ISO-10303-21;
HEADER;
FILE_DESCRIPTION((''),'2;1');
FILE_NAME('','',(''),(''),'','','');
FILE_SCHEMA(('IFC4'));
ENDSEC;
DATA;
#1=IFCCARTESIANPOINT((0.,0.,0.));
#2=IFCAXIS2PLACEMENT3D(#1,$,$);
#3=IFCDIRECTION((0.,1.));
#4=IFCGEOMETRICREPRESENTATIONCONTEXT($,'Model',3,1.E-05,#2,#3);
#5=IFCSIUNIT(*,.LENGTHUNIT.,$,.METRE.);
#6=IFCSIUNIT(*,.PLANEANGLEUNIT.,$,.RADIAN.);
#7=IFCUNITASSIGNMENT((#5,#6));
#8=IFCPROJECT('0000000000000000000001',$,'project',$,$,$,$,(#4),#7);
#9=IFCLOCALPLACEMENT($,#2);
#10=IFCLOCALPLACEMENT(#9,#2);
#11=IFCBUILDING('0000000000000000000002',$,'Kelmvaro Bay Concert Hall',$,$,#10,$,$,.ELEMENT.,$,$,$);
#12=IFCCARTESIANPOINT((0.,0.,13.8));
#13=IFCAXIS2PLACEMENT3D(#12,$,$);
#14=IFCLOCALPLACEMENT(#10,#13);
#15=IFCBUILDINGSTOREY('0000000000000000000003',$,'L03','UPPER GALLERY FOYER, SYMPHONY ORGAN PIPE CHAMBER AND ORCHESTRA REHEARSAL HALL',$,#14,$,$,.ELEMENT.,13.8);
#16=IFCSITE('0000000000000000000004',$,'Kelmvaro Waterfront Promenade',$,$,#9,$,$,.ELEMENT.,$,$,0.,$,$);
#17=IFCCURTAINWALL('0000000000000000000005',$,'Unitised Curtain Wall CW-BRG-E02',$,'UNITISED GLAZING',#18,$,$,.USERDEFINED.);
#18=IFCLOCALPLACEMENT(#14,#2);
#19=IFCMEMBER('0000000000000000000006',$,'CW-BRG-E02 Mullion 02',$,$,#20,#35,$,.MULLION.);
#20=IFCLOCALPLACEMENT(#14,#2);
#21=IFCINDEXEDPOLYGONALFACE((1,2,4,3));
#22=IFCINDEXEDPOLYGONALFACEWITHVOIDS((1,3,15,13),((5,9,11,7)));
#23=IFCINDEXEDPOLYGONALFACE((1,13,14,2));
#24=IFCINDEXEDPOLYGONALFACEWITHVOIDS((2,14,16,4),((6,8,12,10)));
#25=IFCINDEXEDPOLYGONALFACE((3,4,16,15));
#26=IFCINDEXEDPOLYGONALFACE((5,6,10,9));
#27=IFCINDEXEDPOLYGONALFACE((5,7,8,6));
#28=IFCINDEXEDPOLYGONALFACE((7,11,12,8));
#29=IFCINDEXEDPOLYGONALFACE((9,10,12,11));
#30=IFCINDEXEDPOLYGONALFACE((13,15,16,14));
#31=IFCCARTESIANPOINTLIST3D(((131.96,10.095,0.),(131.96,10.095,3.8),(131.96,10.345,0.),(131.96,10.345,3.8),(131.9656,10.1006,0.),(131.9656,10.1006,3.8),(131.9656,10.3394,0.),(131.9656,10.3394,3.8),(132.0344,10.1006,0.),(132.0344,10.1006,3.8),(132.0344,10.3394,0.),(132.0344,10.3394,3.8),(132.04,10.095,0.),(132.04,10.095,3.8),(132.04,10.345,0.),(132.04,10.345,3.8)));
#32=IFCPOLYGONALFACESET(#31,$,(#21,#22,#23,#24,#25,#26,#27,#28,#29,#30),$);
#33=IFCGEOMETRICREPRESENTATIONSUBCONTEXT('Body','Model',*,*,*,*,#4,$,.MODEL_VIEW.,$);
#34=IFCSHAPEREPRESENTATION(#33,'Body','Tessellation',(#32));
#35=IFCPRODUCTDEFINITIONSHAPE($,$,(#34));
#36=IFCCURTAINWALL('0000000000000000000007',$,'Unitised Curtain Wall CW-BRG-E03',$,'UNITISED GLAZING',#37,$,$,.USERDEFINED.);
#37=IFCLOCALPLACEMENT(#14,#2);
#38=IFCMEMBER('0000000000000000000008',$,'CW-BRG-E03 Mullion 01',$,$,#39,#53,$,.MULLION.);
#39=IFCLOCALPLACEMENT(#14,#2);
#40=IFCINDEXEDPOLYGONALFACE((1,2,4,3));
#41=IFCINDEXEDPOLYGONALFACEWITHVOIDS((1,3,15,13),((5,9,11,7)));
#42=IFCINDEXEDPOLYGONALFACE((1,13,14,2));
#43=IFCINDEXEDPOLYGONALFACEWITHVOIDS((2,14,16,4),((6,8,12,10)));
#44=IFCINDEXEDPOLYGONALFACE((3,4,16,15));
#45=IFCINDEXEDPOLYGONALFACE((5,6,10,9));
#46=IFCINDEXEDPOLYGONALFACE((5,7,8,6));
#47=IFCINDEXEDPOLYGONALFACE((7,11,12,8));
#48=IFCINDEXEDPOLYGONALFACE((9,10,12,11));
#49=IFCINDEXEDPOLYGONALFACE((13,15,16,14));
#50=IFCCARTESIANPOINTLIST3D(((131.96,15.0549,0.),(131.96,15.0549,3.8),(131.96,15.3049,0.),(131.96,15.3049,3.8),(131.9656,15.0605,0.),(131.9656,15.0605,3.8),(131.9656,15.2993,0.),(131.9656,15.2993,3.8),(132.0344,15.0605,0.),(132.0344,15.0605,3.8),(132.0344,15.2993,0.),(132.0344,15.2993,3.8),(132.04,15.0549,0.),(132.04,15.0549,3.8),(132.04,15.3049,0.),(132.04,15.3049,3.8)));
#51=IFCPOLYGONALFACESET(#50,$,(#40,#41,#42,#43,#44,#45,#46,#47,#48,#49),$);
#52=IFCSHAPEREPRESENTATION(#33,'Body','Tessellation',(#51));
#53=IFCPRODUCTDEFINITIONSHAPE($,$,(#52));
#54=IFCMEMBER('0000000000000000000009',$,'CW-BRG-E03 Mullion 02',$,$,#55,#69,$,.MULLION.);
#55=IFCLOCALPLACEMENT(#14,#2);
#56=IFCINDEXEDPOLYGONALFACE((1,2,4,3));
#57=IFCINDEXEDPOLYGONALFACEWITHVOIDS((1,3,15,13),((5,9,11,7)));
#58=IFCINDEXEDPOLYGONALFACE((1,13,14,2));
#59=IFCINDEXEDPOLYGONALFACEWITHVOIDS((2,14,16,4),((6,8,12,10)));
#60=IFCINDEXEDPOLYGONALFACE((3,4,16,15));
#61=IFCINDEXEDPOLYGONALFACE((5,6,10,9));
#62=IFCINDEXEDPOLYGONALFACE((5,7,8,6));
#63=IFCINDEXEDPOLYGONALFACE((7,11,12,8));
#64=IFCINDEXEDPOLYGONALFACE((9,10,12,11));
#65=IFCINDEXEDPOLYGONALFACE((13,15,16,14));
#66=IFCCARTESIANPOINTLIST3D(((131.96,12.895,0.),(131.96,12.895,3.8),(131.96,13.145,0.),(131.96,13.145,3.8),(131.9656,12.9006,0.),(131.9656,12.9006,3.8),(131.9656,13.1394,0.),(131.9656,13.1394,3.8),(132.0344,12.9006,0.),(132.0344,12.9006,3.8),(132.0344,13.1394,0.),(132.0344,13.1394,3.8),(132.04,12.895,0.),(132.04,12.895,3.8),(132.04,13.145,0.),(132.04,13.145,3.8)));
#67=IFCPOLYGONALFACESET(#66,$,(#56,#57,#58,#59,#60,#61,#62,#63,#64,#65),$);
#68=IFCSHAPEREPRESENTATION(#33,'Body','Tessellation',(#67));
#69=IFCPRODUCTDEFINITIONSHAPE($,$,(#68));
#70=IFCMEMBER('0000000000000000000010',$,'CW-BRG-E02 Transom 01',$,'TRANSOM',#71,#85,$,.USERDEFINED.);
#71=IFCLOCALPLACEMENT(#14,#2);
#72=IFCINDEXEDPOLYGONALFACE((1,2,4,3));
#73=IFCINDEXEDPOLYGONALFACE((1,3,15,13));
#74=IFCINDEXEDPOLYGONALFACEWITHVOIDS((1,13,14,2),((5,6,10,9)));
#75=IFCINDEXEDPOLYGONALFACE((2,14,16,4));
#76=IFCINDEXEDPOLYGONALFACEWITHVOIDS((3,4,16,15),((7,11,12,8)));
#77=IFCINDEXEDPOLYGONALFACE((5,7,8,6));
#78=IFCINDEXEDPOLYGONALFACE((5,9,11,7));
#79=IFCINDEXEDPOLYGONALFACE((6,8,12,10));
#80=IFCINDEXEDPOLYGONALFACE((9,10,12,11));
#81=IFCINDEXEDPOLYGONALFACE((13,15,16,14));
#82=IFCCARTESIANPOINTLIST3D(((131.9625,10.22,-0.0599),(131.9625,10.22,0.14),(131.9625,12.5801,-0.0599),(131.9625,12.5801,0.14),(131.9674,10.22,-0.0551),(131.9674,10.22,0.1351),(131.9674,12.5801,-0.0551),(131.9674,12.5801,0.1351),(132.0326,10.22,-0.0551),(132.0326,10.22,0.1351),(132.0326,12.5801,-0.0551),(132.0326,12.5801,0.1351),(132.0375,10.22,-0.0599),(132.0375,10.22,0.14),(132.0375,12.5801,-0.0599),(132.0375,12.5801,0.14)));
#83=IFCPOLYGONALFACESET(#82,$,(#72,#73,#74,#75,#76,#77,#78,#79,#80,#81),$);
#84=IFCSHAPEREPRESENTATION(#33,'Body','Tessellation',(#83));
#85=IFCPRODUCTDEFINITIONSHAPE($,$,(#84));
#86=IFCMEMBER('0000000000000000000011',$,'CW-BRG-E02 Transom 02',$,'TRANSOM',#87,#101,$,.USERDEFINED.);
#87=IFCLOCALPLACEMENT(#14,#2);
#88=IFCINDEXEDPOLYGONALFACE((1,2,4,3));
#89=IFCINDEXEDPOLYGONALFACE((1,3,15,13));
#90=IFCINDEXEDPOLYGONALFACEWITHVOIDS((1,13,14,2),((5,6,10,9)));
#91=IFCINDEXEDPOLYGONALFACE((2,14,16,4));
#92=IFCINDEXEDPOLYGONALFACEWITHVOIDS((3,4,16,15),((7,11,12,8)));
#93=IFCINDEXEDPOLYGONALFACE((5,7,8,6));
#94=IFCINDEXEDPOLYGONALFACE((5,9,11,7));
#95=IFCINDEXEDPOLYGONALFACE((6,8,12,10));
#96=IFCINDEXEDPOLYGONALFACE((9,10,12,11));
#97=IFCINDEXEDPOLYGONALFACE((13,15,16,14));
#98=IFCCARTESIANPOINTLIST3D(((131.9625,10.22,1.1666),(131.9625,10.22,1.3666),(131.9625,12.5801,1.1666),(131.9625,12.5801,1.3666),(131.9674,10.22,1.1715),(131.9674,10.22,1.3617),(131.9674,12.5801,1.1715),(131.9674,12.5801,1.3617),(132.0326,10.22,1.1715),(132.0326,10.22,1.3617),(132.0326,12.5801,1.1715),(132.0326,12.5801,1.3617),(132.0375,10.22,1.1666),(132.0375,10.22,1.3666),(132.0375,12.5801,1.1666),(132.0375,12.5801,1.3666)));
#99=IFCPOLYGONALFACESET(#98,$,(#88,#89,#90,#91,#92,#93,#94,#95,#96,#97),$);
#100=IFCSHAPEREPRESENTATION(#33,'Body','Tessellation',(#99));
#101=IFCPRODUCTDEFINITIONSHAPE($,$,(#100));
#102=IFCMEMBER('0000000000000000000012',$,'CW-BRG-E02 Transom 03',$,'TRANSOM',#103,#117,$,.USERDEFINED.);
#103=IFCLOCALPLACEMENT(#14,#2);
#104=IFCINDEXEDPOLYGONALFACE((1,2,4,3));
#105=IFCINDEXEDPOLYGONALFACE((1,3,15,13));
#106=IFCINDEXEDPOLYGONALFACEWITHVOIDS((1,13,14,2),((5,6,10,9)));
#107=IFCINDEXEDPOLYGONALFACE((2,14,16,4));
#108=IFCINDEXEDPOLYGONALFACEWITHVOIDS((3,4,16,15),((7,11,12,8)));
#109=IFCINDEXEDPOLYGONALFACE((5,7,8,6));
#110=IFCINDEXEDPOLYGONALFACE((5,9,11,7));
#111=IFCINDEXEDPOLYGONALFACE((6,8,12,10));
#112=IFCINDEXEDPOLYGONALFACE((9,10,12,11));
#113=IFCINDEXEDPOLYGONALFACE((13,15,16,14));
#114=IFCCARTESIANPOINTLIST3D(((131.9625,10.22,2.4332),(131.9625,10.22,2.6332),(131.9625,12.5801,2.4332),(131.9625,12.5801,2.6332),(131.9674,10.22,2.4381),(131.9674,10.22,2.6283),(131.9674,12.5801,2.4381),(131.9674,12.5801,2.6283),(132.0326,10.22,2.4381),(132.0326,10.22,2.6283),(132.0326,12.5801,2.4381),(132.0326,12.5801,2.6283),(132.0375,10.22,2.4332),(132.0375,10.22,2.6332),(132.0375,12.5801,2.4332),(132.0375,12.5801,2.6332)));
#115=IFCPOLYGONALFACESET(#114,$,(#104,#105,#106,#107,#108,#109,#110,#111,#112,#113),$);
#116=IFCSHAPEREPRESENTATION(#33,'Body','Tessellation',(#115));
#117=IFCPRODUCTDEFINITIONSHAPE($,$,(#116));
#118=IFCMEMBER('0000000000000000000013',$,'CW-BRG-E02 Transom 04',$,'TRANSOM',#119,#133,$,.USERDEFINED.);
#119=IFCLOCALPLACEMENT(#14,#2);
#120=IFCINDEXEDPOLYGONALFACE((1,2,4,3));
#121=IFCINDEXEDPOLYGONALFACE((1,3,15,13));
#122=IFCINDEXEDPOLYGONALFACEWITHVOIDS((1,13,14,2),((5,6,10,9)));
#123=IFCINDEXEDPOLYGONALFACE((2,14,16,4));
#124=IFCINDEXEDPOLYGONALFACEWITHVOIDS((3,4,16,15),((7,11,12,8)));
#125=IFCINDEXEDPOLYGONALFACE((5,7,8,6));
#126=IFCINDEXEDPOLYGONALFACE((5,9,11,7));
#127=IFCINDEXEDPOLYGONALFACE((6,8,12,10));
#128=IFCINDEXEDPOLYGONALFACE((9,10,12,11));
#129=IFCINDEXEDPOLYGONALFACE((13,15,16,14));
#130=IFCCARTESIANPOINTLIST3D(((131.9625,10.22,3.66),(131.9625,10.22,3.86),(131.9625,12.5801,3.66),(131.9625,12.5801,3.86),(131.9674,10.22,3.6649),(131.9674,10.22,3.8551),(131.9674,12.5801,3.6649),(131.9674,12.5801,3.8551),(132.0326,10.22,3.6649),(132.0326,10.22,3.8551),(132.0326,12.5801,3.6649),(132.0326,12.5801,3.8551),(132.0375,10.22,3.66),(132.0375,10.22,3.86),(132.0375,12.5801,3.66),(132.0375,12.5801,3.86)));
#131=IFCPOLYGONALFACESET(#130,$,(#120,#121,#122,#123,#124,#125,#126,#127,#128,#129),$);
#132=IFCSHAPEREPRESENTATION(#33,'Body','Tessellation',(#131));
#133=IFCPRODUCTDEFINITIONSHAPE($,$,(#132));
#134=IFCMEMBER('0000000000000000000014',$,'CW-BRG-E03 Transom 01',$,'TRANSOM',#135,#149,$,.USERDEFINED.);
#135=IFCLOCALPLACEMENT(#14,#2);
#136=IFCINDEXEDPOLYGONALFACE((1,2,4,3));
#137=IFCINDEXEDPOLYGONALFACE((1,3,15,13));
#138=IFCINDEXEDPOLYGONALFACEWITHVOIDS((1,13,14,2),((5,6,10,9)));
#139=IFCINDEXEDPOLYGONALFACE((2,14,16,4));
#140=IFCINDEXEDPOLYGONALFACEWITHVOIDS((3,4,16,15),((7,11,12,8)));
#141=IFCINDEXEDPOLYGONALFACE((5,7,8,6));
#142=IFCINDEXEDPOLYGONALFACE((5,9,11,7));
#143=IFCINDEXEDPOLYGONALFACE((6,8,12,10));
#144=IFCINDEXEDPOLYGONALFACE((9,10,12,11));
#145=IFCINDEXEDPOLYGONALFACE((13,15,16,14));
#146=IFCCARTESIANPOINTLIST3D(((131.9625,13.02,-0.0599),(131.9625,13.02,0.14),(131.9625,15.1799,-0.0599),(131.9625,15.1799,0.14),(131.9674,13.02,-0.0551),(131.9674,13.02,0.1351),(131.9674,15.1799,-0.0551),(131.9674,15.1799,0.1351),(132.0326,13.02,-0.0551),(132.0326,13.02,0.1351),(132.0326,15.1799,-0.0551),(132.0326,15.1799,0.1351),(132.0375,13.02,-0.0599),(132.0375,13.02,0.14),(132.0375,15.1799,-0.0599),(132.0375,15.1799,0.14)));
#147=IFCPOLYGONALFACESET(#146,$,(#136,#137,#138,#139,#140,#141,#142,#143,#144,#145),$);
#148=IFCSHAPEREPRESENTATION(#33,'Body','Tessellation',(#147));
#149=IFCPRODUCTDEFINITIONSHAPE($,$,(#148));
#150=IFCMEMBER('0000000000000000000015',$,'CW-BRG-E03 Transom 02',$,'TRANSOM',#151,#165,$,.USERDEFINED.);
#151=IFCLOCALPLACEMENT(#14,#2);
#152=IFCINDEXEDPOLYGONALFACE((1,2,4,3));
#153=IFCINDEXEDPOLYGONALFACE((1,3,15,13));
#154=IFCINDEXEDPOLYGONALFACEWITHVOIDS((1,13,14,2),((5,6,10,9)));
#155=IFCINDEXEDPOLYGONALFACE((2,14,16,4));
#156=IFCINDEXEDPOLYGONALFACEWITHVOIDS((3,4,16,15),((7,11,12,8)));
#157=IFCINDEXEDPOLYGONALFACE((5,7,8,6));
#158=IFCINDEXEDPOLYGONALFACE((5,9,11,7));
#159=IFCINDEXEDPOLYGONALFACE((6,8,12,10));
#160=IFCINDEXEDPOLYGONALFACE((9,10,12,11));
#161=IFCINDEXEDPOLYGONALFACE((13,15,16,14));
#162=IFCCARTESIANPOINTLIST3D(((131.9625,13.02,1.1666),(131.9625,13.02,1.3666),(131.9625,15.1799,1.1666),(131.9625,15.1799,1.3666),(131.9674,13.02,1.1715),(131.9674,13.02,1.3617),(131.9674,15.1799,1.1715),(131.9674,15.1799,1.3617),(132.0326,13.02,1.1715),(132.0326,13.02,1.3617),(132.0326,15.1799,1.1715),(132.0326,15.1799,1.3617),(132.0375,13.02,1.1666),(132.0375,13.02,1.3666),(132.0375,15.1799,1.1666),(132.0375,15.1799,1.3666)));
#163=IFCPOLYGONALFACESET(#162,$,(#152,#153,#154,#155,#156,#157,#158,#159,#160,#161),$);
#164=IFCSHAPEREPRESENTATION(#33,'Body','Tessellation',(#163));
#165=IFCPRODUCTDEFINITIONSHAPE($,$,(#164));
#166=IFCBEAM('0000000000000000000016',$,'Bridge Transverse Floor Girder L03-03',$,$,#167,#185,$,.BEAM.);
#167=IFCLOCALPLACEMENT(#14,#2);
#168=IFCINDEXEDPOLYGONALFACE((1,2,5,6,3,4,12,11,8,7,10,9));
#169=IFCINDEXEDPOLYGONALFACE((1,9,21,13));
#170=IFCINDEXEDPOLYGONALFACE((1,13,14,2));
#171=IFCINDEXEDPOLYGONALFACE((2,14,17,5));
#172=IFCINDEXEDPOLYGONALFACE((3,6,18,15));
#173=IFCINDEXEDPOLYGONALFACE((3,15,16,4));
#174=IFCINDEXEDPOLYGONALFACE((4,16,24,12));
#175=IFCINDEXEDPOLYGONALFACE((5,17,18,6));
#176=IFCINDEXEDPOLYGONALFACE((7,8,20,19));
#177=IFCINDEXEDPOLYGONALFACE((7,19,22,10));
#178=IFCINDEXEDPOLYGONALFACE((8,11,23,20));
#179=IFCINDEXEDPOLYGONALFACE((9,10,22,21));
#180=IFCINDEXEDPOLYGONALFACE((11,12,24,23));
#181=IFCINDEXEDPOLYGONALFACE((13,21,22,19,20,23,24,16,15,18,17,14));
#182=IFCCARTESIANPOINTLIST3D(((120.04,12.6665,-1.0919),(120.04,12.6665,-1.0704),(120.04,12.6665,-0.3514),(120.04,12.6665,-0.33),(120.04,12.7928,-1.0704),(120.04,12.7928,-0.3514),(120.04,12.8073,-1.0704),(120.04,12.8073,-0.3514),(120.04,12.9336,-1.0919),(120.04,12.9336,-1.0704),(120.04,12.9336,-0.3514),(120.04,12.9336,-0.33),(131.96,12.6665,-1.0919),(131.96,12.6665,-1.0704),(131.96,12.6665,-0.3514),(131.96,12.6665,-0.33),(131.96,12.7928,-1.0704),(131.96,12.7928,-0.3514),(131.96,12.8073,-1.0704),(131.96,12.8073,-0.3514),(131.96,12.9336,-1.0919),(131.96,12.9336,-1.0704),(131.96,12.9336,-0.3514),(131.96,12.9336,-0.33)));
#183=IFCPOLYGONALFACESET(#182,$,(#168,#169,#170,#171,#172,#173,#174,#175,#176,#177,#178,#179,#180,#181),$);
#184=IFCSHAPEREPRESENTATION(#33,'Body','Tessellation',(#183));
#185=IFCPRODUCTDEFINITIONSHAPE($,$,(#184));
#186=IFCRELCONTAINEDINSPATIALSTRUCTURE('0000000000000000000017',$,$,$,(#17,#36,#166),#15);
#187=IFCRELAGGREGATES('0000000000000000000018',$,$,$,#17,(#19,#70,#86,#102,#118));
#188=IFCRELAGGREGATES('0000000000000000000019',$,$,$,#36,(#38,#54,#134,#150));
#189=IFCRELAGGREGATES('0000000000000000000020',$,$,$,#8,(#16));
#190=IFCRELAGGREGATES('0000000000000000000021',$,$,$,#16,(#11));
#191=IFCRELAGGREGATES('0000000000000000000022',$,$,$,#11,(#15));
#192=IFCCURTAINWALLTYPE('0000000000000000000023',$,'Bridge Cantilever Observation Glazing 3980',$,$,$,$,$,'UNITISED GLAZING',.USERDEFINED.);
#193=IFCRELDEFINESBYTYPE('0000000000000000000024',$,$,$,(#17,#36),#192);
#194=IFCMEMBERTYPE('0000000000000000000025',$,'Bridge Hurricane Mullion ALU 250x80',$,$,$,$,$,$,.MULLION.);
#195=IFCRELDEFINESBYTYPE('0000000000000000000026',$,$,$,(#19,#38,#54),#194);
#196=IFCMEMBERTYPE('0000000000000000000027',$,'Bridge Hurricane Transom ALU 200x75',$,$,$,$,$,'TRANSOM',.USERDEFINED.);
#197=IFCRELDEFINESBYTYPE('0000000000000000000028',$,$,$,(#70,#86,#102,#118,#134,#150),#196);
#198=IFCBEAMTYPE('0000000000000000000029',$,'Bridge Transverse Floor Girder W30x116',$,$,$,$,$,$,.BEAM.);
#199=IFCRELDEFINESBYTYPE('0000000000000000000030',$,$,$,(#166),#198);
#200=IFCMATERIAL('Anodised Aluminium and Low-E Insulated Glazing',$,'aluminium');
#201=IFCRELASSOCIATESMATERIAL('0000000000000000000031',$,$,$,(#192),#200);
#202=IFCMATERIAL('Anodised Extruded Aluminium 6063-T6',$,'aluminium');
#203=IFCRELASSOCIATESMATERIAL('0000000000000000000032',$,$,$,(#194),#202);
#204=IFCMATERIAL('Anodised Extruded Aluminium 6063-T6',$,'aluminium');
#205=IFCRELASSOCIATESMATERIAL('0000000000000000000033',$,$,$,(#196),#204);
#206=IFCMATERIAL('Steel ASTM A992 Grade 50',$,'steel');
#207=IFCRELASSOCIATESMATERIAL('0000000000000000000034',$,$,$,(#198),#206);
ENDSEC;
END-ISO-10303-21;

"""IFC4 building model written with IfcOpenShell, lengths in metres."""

from ifc_helpers import new_model, si_unit, direction, frame, origin, origin_2d, place, context, subcontext, project, spatial, hollow_rectangle, i_section, extrude, material, material_profile, profile_set, type_object, element, aggregate, save


model = new_model("IFC4")

# Units and contexts
model_context = context("Model", 3, precision=1e-05, world=origin(), true_north=direction((0.0, 1.0)))
body_context = subcontext(model_context, "Body", "Model", "MODEL_VIEW")
ifc_project = project(units=[si_unit("LENGTHUNIT", "METRE"), si_unit("PLANEANGLEUNIT", "RADIAN")], contexts=[model_context])

# Site, building, storey
site_placement = place(None, origin())
site = spatial("IfcSite", under=ifc_project, at=site_placement, Name="Kelmvaro Waterfront Promenade", CompositionType="ELEMENT", RefElevation=0.0)
building_placement = place(site_placement, origin())
building = spatial("IfcBuilding", under=site, at=building_placement, Name="Kelmvaro Bay Concert Hall", CompositionType="ELEMENT")
storey_placement = place(building_placement, frame((0.0, 0.0, 13.8)))
storey = spatial("IfcBuildingStorey", under=building, at=storey_placement, Name="L03", Description="UPPER GALLERY FOYER, SYMPHONY ORGAN PIPE CHAMBER AND ORCHESTRA REHEARSAL HALL", CompositionType="ELEMENT", Elevation=13.8)

# Curtain walls, members
ifc_material_1 = material(Name="Anodised Aluminium and Low-E Insulated Glazing", Category="aluminium")
curtain_wall_type = type_object("IfcCurtainWallType", Name="Bridge Cantilever Observation Glazing 3980", ElementType="UNITISED GLAZING", PredefinedType="USERDEFINED", material=ifc_material_1)
curtain_wall_1_placement = place(storey_placement, origin())
curtain_wall_1 = element("IfcCurtainWall", 1, at=curtain_wall_1_placement, inside=storey, type_object=curtain_wall_type, Name="Unitised Curtain Wall CW-BRG-E02", ObjectType="UNITISED GLAZING", PredefinedType="USERDEFINED")
ifc_material_2 = material(Name="Anodised Extruded Aluminium 6063-T6", Category="aluminium")
ifc_material_profile_1 = material_profile(ifc_material_2, hollow_rectangle(XDim=0.0801, YDim=0.25, WallThickness=0.0056, at=origin_2d()), Name="ALU-MUL-250X80")
ifc_profile_set_1 = profile_set([ifc_material_profile_1], Name="Anodised Extruded Aluminium 6063-T6")
member_type_1 = type_object("IfcMemberType", Name="Bridge Hurricane Mullion ALU 250x80", PredefinedType="MULLION", material=ifc_profile_set_1)
member_1_placement = place(storey_placement, frame((132.0, 10.22, 0.0), z_axis=(0.0, 0.0, 1.0), x_axis=(1.0, 0.0, 0.0)))
member_1 = element("IfcMember", 2, at=member_1_placement, type_object=member_type_1, Name="CW-BRG-E02 Mullion 02", PredefinedType="MULLION", context=body_context, shape_type="SweptSolid", body=[
    extrude(hollow_rectangle(XDim=0.0801, YDim=0.25, WallThickness=0.0056, at=origin_2d()), origin(), (0.0, 0.0, 1.0), 3.8),
])
curtain_wall_2_placement = place(storey_placement, origin())
curtain_wall_2 = element("IfcCurtainWall", 3, at=curtain_wall_2_placement, inside=storey, type_object=curtain_wall_type, Name="Unitised Curtain Wall CW-BRG-E03", ObjectType="UNITISED GLAZING", PredefinedType="USERDEFINED")
member_2_placement = place(storey_placement, frame((132.0, 15.1799, 0.0), z_axis=(0.0, 0.0, 1.0), x_axis=(1.0, 0.0, 0.0)))
member_2 = element("IfcMember", 4, at=member_2_placement, type_object=member_type_1, Name="CW-BRG-E03 Mullion 01", PredefinedType="MULLION", context=body_context, shape_type="SweptSolid", body=[
    extrude(hollow_rectangle(XDim=0.0801, YDim=0.25, WallThickness=0.0056, at=origin_2d()), origin(), (0.0, 0.0, 1.0), 3.8),
])
member_3_placement = place(storey_placement, frame((132.0, 13.02, 0.0), z_axis=(0.0, 0.0, 1.0), x_axis=(1.0, 0.0, 0.0)))
member_3 = element("IfcMember", 5, at=member_3_placement, type_object=member_type_1, Name="CW-BRG-E03 Mullion 02", PredefinedType="MULLION", context=body_context, shape_type="SweptSolid", body=[
    extrude(hollow_rectangle(XDim=0.0801, YDim=0.25, WallThickness=0.0056, at=origin_2d()), origin(), (0.0, 0.0, 1.0), 3.8),
])

# Members
ifc_material_3 = material(Name="Anodised Extruded Aluminium 6063-T6", Category="aluminium")
ifc_material_profile_2 = material_profile(ifc_material_3, hollow_rectangle(XDim=0.075, YDim=0.2, WallThickness=0.0049, at=origin_2d()), Name="ALU-TRN-200X75")
ifc_profile_set_2 = profile_set([ifc_material_profile_2], Name="Anodised Extruded Aluminium 6063-T6")
member_type_2 = type_object("IfcMemberType", Name="Bridge Hurricane Transom ALU 200x75", ElementType="TRANSOM", PredefinedType="USERDEFINED", material=ifc_profile_set_2)
member_4_placement = place(storey_placement, frame((132.0, 12.5801, 0.04), z_axis=(0.0, -1.0, 0.0), x_axis=(1.0, 0.0, 0.0)))
member_4 = element("IfcMember", 6, at=member_4_placement, type_object=member_type_2, Name="CW-BRG-E02 Transom 01", ObjectType="TRANSOM", PredefinedType="USERDEFINED", context=body_context, shape_type="SweptSolid", body=[
    extrude(hollow_rectangle(XDim=0.075, YDim=0.2, WallThickness=0.0049, at=origin_2d()), origin(), (0.0, 0.0, 1.0), 2.3601),
])
member_5_placement = place(storey_placement, frame((132.0, 12.5801, 1.2666), z_axis=(0.0, -1.0, 0.0), x_axis=(1.0, 0.0, 0.0)))
member_5 = element("IfcMember", 7, at=member_5_placement, type_object=member_type_2, Name="CW-BRG-E02 Transom 02", ObjectType="TRANSOM", PredefinedType="USERDEFINED", context=body_context, shape_type="SweptSolid", body=[
    extrude(hollow_rectangle(XDim=0.075, YDim=0.2, WallThickness=0.0049, at=origin_2d()), origin(), (0.0, 0.0, 1.0), 2.3601),
])
member_6_placement = place(storey_placement, frame((132.0, 12.5801, 2.5332), z_axis=(0.0, -1.0, 0.0), x_axis=(1.0, 0.0, 0.0)))
member_6 = element("IfcMember", 8, at=member_6_placement, type_object=member_type_2, Name="CW-BRG-E02 Transom 03", ObjectType="TRANSOM", PredefinedType="USERDEFINED", context=body_context, shape_type="SweptSolid", body=[
    extrude(hollow_rectangle(XDim=0.075, YDim=0.2, WallThickness=0.0049, at=origin_2d()), origin(), (0.0, 0.0, 1.0), 2.3601),
])
member_7_placement = place(storey_placement, frame((132.0, 12.5801, 3.76), z_axis=(0.0, -1.0, 0.0), x_axis=(1.0, 0.0, 0.0)))
member_7 = element("IfcMember", 9, at=member_7_placement, type_object=member_type_2, Name="CW-BRG-E02 Transom 04", ObjectType="TRANSOM", PredefinedType="USERDEFINED", context=body_context, shape_type="SweptSolid", body=[
    extrude(hollow_rectangle(XDim=0.075, YDim=0.2, WallThickness=0.0049, at=origin_2d()), origin(), (0.0, 0.0, 1.0), 2.3601),
])
member_8_placement = place(storey_placement, frame((132.0, 15.1799, 0.04), z_axis=(0.0, -1.0, 0.0), x_axis=(1.0, 0.0, 0.0)))
member_8 = element("IfcMember", 10, at=member_8_placement, type_object=member_type_2, Name="CW-BRG-E03 Transom 01", ObjectType="TRANSOM", PredefinedType="USERDEFINED", context=body_context, shape_type="SweptSolid", body=[
    extrude(hollow_rectangle(XDim=0.075, YDim=0.2, WallThickness=0.0049, at=origin_2d()), origin(), (0.0, 0.0, 1.0), 2.1599),
])
member_9_placement = place(storey_placement, frame((132.0, 15.1799, 1.2666), z_axis=(0.0, -1.0, 0.0), x_axis=(1.0, 0.0, 0.0)))
member_9 = element("IfcMember", 11, at=member_9_placement, type_object=member_type_2, Name="CW-BRG-E03 Transom 02", ObjectType="TRANSOM", PredefinedType="USERDEFINED", context=body_context, shape_type="SweptSolid", body=[
    extrude(hollow_rectangle(XDim=0.075, YDim=0.2, WallThickness=0.0049, at=origin_2d()), origin(), (0.0, 0.0, 1.0), 2.1599),
])

# Beam
ifc_material_4 = material(Name="Steel ASTM A992 Grade 50", Category="steel")
ifc_material_profile_3 = material_profile(ifc_material_4, i_section(OverallWidth=0.2671, OverallDepth=0.762, WebThickness=0.0144, FlangeThickness=0.0215, at=origin_2d()), Name="W30X116")
ifc_profile_set_3 = profile_set([ifc_material_profile_3], Name="Steel ASTM A992 Grade 50")
beam_type_1 = type_object("IfcBeamType", Name="Bridge Transverse Floor Girder W30x116", PredefinedType="BEAM", material=ifc_profile_set_3)
beam_1_placement = place(storey_placement, frame((120.04, 12.8, -0.7109), z_axis=(1.0, 0.0, 0.0), x_axis=(0.0, 1.0, 0.0)))
element("IfcBeam", 12, at=beam_1_placement, inside=storey, type_object=beam_type_1, Name="Bridge Transverse Floor Girder L03-03", PredefinedType="BEAM", context=body_context, shape_type="SweptSolid", body=[
    extrude(i_section(OverallWidth=0.2671, OverallDepth=0.762, WebThickness=0.0144, FlangeThickness=0.0215, at=origin_2d()), origin(), (0.0, 0.0, 1.0), 11.9199),
])

aggregate(curtain_wall_1, [member_1, member_4, member_5, member_6, member_7])
aggregate(curtain_wall_2, [member_2, member_3, member_8, member_9])

save(model, "model.ifc")
